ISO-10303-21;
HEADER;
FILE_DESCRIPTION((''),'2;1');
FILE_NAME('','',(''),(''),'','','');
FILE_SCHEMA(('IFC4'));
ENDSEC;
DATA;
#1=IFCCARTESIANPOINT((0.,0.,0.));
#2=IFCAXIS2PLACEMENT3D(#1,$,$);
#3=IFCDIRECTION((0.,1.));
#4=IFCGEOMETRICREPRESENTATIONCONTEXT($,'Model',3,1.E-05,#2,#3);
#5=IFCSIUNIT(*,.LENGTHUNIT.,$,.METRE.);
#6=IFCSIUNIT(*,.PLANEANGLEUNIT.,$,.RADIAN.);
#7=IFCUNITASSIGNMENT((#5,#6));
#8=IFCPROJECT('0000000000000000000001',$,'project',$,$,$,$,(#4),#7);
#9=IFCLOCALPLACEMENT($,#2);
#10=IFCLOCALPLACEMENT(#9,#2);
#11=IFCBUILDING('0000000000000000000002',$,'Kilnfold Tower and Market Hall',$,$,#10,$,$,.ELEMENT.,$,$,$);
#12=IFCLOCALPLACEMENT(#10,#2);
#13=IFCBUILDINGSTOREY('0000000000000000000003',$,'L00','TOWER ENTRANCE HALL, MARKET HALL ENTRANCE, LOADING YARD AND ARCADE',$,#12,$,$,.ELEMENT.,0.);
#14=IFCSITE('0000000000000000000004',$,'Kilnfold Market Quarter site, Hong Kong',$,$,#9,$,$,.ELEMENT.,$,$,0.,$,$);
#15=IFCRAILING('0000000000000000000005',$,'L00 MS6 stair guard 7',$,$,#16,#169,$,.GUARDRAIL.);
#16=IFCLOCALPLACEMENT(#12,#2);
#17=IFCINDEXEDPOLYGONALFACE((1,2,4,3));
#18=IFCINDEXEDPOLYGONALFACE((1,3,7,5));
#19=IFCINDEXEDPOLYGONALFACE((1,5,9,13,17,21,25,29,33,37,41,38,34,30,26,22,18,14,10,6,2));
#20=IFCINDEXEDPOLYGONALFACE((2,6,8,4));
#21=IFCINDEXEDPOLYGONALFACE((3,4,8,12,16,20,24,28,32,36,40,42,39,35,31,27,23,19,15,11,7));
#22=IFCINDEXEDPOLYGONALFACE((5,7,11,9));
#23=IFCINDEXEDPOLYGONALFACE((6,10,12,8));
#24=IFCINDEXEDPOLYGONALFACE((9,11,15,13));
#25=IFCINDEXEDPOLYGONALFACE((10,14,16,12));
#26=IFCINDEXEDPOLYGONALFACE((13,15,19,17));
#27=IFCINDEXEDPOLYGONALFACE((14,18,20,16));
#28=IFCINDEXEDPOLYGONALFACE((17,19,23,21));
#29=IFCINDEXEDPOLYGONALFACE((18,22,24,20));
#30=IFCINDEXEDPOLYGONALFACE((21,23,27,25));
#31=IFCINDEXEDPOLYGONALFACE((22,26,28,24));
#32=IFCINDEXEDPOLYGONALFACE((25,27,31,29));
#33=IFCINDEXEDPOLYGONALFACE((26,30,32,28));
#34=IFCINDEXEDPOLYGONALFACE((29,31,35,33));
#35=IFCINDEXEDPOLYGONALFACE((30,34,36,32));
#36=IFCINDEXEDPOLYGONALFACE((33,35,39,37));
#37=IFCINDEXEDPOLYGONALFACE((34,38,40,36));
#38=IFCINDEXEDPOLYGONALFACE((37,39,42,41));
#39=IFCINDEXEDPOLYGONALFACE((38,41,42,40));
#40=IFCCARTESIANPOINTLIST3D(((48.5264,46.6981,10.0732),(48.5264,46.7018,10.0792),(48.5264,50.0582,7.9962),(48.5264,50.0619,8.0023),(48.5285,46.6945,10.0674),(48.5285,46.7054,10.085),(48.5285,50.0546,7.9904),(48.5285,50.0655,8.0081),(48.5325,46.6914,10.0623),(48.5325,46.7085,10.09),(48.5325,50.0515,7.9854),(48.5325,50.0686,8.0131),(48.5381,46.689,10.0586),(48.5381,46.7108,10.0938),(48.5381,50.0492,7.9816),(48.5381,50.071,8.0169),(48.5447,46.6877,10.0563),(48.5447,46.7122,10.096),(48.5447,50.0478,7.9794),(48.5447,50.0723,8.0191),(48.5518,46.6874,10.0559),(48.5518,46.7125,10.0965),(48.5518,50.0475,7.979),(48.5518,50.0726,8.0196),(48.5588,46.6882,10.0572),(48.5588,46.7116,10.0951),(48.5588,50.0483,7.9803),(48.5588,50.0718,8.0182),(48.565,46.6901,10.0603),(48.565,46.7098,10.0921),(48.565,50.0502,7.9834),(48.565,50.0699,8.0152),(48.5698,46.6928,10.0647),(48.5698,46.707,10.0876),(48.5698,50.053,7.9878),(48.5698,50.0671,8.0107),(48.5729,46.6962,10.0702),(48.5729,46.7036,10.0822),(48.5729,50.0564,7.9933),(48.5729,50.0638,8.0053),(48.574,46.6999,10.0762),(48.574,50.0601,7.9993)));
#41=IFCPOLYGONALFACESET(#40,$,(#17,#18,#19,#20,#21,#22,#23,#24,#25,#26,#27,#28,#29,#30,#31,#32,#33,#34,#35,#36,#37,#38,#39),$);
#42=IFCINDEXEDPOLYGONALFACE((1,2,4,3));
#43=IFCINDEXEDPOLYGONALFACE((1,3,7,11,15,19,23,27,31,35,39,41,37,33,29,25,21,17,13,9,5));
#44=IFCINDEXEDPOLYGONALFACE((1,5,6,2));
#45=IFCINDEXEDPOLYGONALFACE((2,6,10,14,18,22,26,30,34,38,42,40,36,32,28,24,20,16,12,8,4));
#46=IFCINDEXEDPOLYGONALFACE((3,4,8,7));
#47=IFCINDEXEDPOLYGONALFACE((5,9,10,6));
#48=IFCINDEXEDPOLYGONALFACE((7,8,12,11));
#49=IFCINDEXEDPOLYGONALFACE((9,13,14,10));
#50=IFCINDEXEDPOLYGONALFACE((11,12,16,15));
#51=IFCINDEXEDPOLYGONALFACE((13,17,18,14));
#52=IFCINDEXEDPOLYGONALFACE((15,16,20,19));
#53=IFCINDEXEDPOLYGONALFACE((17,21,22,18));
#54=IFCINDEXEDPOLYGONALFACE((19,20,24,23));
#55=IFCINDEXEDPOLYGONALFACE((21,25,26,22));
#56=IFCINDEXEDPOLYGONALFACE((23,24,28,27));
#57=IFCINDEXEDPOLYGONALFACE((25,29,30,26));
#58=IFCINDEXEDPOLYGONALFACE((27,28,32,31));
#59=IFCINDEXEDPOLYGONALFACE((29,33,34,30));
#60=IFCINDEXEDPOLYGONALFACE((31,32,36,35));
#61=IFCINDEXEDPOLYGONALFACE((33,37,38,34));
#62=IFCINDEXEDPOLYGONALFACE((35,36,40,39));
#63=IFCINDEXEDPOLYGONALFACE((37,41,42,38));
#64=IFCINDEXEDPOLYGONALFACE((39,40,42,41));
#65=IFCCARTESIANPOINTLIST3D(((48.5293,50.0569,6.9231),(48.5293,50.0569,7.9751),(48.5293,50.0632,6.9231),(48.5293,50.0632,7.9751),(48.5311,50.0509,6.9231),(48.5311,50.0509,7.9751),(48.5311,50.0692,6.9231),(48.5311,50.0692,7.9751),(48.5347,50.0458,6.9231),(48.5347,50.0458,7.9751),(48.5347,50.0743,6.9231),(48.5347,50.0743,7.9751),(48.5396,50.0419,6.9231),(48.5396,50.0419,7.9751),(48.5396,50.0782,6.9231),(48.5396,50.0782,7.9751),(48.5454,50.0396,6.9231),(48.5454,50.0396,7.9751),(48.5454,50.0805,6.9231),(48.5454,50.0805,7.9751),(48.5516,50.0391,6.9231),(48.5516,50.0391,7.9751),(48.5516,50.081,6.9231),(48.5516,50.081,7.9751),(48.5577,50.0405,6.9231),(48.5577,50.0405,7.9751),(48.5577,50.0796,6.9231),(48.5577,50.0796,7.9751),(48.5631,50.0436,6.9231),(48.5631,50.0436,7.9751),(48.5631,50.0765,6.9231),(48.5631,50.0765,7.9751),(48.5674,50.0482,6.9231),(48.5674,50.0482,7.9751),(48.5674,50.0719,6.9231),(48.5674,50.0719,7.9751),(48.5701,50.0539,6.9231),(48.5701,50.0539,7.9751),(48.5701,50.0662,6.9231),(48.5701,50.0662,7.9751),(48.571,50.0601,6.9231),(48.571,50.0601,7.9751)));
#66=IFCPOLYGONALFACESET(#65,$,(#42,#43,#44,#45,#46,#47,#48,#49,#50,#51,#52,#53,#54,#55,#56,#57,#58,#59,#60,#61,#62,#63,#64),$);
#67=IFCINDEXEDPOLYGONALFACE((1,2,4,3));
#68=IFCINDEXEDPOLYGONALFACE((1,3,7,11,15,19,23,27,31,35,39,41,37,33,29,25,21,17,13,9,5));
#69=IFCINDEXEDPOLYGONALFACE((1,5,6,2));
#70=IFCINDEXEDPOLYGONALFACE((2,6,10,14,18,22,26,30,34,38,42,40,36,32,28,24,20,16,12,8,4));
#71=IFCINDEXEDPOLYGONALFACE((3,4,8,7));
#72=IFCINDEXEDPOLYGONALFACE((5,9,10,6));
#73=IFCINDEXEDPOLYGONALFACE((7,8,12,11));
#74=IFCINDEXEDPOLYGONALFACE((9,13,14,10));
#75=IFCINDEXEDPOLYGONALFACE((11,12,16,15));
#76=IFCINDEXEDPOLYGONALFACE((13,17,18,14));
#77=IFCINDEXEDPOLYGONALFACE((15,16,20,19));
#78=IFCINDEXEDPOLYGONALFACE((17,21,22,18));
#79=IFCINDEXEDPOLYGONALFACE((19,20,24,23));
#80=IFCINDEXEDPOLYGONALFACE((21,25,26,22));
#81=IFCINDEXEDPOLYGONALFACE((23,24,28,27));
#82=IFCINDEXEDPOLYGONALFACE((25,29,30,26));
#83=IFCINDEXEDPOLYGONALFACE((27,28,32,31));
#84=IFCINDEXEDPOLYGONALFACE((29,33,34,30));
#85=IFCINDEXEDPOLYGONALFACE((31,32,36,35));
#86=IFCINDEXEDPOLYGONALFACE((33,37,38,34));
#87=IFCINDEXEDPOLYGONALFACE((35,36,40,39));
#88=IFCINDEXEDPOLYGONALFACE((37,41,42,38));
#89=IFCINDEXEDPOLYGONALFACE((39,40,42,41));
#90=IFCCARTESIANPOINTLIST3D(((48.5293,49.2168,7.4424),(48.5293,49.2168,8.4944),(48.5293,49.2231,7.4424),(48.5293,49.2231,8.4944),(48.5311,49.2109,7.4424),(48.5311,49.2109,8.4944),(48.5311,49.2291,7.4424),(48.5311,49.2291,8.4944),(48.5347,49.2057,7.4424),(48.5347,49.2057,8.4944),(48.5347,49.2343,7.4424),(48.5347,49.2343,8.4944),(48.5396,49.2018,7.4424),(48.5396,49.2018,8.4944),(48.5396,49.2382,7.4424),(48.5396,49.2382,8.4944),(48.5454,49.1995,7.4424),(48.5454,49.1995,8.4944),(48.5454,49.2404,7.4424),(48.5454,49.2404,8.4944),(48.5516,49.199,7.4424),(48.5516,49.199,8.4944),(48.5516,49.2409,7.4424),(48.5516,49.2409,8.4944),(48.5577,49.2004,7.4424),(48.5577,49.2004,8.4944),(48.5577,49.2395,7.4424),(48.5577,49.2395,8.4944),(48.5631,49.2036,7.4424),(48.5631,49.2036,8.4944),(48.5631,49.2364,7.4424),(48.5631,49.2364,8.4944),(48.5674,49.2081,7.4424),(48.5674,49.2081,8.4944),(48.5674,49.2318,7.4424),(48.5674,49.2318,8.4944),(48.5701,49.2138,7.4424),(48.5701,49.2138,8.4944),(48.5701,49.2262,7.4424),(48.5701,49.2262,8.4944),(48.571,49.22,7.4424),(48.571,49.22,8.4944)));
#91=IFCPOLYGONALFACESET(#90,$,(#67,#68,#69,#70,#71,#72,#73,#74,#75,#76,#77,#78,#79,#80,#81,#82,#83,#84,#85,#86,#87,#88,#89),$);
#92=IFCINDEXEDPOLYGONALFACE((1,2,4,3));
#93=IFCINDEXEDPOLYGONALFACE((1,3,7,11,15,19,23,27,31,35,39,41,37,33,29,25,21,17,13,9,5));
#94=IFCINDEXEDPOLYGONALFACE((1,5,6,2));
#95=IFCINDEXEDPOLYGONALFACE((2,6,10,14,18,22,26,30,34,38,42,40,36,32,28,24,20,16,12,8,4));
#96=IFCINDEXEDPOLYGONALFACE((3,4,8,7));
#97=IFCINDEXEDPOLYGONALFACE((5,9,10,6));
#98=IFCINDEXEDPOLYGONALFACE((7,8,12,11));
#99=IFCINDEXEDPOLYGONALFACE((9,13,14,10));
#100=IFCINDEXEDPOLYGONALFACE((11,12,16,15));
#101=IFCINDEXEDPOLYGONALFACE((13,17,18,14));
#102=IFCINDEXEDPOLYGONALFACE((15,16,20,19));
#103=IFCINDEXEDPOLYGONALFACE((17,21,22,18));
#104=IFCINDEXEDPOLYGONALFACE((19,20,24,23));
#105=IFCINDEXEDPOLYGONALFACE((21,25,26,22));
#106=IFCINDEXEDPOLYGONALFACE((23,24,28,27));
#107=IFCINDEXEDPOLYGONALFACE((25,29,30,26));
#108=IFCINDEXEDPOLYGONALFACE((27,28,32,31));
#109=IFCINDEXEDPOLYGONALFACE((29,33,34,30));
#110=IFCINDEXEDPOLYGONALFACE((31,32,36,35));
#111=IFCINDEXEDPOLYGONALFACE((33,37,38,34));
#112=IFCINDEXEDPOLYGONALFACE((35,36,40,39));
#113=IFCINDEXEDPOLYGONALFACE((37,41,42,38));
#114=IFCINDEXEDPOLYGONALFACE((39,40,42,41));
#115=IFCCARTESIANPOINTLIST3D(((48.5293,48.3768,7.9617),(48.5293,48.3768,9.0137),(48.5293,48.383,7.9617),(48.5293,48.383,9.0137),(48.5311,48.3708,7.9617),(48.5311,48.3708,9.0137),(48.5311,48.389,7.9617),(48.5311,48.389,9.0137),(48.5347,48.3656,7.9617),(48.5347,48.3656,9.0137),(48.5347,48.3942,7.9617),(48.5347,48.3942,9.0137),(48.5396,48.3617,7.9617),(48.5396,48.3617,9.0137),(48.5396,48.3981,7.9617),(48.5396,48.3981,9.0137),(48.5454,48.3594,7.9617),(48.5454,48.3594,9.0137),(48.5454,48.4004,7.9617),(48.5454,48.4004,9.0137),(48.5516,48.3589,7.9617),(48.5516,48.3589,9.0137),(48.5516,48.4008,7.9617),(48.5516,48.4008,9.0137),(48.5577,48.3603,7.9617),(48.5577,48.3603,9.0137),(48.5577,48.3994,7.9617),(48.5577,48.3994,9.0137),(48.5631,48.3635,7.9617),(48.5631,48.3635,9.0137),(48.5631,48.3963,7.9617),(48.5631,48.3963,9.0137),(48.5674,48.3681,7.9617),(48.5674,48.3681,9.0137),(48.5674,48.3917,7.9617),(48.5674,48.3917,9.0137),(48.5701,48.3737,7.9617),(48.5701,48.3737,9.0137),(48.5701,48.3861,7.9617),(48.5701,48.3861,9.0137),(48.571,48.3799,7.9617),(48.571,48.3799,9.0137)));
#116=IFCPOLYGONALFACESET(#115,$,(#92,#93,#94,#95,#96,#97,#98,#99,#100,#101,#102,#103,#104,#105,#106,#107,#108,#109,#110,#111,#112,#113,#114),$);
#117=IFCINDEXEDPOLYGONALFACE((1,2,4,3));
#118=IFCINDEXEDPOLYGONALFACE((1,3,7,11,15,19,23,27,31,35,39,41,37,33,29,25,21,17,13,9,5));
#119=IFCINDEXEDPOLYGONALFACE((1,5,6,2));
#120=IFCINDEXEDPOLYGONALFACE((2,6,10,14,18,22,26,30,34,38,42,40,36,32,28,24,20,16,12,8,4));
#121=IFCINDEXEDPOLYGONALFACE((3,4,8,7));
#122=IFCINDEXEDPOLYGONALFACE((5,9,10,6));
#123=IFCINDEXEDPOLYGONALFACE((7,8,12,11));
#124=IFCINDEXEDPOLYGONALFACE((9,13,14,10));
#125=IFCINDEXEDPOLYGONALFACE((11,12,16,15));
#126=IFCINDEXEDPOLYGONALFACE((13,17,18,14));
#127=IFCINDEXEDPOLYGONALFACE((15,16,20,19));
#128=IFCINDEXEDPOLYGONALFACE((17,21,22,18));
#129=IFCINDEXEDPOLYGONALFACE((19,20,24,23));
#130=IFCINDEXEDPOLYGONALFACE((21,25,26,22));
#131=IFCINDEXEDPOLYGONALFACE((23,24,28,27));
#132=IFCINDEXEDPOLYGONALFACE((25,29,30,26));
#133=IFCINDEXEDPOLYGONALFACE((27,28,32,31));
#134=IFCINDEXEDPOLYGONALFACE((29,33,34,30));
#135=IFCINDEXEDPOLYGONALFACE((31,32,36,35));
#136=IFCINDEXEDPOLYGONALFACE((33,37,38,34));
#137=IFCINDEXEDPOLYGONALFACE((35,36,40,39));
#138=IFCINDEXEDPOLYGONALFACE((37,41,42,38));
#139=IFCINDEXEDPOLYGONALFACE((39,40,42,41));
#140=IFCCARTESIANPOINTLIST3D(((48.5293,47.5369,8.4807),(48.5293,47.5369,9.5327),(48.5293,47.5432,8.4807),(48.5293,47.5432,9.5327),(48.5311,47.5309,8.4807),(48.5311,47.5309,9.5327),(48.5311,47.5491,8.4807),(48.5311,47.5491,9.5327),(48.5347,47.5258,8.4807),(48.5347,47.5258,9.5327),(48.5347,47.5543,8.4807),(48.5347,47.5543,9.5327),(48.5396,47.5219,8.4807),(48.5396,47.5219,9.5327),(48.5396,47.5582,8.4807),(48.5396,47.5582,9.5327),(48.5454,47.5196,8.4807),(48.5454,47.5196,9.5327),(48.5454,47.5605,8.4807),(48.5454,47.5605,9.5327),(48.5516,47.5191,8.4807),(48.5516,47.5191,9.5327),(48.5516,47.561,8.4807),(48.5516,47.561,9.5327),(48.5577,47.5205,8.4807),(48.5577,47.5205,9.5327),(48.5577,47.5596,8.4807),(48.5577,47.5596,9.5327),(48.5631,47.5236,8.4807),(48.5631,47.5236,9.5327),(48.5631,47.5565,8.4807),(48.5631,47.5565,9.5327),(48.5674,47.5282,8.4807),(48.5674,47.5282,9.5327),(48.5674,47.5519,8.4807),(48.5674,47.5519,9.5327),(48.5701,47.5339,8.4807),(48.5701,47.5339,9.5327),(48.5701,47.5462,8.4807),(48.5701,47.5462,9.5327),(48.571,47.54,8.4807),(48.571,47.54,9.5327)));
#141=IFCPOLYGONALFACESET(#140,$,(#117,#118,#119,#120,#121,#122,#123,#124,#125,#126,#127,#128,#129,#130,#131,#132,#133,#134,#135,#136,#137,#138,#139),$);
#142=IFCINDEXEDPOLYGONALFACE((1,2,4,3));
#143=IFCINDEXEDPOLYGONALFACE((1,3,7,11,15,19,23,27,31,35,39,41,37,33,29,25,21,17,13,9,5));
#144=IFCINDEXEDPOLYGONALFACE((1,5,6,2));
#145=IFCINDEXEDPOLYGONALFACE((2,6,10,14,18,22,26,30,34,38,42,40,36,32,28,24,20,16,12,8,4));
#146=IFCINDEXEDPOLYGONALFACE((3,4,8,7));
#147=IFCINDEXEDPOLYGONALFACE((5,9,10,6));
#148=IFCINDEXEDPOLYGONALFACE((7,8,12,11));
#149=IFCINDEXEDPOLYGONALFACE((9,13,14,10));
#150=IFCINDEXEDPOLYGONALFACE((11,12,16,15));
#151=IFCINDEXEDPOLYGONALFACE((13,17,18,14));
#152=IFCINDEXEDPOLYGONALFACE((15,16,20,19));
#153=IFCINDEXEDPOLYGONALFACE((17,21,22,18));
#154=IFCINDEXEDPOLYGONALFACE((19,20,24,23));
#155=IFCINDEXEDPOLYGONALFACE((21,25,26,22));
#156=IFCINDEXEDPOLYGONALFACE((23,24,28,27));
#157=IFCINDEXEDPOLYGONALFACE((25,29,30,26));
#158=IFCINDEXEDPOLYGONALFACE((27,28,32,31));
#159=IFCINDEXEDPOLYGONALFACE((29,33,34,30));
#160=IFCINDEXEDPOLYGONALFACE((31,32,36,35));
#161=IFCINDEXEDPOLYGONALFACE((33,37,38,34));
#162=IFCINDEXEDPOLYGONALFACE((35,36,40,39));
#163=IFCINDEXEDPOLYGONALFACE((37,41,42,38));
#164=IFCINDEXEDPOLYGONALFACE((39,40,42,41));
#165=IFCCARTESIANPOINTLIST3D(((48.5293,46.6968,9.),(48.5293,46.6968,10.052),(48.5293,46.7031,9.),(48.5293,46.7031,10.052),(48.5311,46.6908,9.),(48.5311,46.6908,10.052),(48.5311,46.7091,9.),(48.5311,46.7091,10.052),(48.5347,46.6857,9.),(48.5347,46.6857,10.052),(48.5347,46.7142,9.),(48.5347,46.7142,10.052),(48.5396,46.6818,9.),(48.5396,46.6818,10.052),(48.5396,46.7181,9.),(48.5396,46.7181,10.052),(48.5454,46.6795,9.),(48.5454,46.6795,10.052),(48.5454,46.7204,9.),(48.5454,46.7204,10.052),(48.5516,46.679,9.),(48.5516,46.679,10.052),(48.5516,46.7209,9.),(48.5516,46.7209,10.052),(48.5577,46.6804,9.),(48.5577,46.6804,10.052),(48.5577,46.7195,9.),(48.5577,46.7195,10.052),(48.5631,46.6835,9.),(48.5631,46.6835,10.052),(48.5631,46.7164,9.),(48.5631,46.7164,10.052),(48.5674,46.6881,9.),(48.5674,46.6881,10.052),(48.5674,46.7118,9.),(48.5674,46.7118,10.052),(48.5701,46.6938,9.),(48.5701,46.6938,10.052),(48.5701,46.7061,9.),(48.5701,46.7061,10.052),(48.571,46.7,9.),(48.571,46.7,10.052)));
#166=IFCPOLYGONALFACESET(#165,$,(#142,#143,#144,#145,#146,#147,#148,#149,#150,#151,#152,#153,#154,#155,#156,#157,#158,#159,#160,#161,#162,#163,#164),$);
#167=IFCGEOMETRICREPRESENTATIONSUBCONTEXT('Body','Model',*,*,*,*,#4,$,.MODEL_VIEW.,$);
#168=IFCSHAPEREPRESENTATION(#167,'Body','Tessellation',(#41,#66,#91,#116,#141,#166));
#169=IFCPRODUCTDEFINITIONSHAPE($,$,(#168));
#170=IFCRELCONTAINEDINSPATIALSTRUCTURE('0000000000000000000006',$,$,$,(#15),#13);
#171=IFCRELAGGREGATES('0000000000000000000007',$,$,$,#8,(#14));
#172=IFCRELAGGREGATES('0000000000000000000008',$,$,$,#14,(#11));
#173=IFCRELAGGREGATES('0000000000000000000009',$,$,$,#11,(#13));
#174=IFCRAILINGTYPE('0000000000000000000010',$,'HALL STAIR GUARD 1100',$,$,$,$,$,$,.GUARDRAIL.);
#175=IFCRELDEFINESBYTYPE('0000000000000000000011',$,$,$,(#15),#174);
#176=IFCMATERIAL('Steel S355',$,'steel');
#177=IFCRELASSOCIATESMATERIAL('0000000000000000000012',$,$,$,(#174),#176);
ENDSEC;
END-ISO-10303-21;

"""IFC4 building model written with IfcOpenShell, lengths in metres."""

from ifc_helpers import new_model, si_unit, direction, frame, origin, origin_2d, place, context, subcontext, project, spatial, circle, extrude, material, type_object, element, save


model = new_model("IFC4")

# Units and contexts
model_context = context("Model", 3, precision=1e-05, world=origin(), true_north=direction((0.0, 1.0)))
body_context = subcontext(model_context, "Body", "Model", "MODEL_VIEW")
ifc_project = project(units=[si_unit("LENGTHUNIT", "METRE"), si_unit("PLANEANGLEUNIT", "RADIAN")], contexts=[model_context])

# Site, building, storey
site_placement = place(None, origin())
site = spatial("IfcSite", under=ifc_project, at=site_placement, Name="Kilnfold Market Quarter site, Hong Kong", CompositionType="ELEMENT", RefElevation=0.0)
building_placement = place(site_placement, origin())
building = spatial("IfcBuilding", under=site, at=building_placement, Name="Kilnfold Tower and Market Hall", CompositionType="ELEMENT")
storey_placement = place(building_placement, origin())
storey = spatial("IfcBuildingStorey", under=building, at=storey_placement, Name="L00", Description="TOWER ENTRANCE HALL, MARKET HALL ENTRANCE, LOADING YARD AND ARCADE", CompositionType="ELEMENT", Elevation=0.0)

# Railing
ifc_material_1 = material(Name="Steel S355", Category="steel")
railing_type_1 = type_object("IfcRailingType", Name="HALL STAIR GUARD 1100", PredefinedType="GUARDRAIL", material=ifc_material_1)
railing_1_placement = place(storey_placement, frame((48.55, 50.0601, 6.9231)))
element("IfcRailing", 1, at=railing_1_placement, inside=storey, type_object=railing_type_1, Name="L00 MS6 stair guard 7", PredefinedType="GUARDRAIL", context=body_context, shape_type="SweptSolid", body=[
    extrude(circle(Radius=0.0239, at=origin_2d()), frame((0.0, 0.0, 1.0762), z_axis=(0.0, -0.850623, 0.525776), x_axis=(1.0, 0.0, 0.0)), (0.0, 0.0, 1.0), 3.9502),
    extrude(circle(Radius=0.021, at=origin_2d()), origin(), (0.0, 0.0, 1.0), 1.052),
    extrude(circle(Radius=0.021, at=origin_2d()), frame((0.0, -0.8401, 0.5193)), (0.0, 0.0, 1.0), 1.052),
    extrude(circle(Radius=0.021, at=origin_2d()), frame((0.0, -1.6802, 1.0386)), (0.0, 0.0, 1.0), 1.052),
    extrude(circle(Radius=0.021, at=origin_2d()), frame((0.0, -2.52, 1.5576)), (0.0, 0.0, 1.0), 1.052),
    extrude(circle(Radius=0.021, at=origin_2d()), frame((0.0, -3.3601, 2.0769)), (0.0, 0.0, 1.0), 1.052),
])

save(model, "model.ifc")
